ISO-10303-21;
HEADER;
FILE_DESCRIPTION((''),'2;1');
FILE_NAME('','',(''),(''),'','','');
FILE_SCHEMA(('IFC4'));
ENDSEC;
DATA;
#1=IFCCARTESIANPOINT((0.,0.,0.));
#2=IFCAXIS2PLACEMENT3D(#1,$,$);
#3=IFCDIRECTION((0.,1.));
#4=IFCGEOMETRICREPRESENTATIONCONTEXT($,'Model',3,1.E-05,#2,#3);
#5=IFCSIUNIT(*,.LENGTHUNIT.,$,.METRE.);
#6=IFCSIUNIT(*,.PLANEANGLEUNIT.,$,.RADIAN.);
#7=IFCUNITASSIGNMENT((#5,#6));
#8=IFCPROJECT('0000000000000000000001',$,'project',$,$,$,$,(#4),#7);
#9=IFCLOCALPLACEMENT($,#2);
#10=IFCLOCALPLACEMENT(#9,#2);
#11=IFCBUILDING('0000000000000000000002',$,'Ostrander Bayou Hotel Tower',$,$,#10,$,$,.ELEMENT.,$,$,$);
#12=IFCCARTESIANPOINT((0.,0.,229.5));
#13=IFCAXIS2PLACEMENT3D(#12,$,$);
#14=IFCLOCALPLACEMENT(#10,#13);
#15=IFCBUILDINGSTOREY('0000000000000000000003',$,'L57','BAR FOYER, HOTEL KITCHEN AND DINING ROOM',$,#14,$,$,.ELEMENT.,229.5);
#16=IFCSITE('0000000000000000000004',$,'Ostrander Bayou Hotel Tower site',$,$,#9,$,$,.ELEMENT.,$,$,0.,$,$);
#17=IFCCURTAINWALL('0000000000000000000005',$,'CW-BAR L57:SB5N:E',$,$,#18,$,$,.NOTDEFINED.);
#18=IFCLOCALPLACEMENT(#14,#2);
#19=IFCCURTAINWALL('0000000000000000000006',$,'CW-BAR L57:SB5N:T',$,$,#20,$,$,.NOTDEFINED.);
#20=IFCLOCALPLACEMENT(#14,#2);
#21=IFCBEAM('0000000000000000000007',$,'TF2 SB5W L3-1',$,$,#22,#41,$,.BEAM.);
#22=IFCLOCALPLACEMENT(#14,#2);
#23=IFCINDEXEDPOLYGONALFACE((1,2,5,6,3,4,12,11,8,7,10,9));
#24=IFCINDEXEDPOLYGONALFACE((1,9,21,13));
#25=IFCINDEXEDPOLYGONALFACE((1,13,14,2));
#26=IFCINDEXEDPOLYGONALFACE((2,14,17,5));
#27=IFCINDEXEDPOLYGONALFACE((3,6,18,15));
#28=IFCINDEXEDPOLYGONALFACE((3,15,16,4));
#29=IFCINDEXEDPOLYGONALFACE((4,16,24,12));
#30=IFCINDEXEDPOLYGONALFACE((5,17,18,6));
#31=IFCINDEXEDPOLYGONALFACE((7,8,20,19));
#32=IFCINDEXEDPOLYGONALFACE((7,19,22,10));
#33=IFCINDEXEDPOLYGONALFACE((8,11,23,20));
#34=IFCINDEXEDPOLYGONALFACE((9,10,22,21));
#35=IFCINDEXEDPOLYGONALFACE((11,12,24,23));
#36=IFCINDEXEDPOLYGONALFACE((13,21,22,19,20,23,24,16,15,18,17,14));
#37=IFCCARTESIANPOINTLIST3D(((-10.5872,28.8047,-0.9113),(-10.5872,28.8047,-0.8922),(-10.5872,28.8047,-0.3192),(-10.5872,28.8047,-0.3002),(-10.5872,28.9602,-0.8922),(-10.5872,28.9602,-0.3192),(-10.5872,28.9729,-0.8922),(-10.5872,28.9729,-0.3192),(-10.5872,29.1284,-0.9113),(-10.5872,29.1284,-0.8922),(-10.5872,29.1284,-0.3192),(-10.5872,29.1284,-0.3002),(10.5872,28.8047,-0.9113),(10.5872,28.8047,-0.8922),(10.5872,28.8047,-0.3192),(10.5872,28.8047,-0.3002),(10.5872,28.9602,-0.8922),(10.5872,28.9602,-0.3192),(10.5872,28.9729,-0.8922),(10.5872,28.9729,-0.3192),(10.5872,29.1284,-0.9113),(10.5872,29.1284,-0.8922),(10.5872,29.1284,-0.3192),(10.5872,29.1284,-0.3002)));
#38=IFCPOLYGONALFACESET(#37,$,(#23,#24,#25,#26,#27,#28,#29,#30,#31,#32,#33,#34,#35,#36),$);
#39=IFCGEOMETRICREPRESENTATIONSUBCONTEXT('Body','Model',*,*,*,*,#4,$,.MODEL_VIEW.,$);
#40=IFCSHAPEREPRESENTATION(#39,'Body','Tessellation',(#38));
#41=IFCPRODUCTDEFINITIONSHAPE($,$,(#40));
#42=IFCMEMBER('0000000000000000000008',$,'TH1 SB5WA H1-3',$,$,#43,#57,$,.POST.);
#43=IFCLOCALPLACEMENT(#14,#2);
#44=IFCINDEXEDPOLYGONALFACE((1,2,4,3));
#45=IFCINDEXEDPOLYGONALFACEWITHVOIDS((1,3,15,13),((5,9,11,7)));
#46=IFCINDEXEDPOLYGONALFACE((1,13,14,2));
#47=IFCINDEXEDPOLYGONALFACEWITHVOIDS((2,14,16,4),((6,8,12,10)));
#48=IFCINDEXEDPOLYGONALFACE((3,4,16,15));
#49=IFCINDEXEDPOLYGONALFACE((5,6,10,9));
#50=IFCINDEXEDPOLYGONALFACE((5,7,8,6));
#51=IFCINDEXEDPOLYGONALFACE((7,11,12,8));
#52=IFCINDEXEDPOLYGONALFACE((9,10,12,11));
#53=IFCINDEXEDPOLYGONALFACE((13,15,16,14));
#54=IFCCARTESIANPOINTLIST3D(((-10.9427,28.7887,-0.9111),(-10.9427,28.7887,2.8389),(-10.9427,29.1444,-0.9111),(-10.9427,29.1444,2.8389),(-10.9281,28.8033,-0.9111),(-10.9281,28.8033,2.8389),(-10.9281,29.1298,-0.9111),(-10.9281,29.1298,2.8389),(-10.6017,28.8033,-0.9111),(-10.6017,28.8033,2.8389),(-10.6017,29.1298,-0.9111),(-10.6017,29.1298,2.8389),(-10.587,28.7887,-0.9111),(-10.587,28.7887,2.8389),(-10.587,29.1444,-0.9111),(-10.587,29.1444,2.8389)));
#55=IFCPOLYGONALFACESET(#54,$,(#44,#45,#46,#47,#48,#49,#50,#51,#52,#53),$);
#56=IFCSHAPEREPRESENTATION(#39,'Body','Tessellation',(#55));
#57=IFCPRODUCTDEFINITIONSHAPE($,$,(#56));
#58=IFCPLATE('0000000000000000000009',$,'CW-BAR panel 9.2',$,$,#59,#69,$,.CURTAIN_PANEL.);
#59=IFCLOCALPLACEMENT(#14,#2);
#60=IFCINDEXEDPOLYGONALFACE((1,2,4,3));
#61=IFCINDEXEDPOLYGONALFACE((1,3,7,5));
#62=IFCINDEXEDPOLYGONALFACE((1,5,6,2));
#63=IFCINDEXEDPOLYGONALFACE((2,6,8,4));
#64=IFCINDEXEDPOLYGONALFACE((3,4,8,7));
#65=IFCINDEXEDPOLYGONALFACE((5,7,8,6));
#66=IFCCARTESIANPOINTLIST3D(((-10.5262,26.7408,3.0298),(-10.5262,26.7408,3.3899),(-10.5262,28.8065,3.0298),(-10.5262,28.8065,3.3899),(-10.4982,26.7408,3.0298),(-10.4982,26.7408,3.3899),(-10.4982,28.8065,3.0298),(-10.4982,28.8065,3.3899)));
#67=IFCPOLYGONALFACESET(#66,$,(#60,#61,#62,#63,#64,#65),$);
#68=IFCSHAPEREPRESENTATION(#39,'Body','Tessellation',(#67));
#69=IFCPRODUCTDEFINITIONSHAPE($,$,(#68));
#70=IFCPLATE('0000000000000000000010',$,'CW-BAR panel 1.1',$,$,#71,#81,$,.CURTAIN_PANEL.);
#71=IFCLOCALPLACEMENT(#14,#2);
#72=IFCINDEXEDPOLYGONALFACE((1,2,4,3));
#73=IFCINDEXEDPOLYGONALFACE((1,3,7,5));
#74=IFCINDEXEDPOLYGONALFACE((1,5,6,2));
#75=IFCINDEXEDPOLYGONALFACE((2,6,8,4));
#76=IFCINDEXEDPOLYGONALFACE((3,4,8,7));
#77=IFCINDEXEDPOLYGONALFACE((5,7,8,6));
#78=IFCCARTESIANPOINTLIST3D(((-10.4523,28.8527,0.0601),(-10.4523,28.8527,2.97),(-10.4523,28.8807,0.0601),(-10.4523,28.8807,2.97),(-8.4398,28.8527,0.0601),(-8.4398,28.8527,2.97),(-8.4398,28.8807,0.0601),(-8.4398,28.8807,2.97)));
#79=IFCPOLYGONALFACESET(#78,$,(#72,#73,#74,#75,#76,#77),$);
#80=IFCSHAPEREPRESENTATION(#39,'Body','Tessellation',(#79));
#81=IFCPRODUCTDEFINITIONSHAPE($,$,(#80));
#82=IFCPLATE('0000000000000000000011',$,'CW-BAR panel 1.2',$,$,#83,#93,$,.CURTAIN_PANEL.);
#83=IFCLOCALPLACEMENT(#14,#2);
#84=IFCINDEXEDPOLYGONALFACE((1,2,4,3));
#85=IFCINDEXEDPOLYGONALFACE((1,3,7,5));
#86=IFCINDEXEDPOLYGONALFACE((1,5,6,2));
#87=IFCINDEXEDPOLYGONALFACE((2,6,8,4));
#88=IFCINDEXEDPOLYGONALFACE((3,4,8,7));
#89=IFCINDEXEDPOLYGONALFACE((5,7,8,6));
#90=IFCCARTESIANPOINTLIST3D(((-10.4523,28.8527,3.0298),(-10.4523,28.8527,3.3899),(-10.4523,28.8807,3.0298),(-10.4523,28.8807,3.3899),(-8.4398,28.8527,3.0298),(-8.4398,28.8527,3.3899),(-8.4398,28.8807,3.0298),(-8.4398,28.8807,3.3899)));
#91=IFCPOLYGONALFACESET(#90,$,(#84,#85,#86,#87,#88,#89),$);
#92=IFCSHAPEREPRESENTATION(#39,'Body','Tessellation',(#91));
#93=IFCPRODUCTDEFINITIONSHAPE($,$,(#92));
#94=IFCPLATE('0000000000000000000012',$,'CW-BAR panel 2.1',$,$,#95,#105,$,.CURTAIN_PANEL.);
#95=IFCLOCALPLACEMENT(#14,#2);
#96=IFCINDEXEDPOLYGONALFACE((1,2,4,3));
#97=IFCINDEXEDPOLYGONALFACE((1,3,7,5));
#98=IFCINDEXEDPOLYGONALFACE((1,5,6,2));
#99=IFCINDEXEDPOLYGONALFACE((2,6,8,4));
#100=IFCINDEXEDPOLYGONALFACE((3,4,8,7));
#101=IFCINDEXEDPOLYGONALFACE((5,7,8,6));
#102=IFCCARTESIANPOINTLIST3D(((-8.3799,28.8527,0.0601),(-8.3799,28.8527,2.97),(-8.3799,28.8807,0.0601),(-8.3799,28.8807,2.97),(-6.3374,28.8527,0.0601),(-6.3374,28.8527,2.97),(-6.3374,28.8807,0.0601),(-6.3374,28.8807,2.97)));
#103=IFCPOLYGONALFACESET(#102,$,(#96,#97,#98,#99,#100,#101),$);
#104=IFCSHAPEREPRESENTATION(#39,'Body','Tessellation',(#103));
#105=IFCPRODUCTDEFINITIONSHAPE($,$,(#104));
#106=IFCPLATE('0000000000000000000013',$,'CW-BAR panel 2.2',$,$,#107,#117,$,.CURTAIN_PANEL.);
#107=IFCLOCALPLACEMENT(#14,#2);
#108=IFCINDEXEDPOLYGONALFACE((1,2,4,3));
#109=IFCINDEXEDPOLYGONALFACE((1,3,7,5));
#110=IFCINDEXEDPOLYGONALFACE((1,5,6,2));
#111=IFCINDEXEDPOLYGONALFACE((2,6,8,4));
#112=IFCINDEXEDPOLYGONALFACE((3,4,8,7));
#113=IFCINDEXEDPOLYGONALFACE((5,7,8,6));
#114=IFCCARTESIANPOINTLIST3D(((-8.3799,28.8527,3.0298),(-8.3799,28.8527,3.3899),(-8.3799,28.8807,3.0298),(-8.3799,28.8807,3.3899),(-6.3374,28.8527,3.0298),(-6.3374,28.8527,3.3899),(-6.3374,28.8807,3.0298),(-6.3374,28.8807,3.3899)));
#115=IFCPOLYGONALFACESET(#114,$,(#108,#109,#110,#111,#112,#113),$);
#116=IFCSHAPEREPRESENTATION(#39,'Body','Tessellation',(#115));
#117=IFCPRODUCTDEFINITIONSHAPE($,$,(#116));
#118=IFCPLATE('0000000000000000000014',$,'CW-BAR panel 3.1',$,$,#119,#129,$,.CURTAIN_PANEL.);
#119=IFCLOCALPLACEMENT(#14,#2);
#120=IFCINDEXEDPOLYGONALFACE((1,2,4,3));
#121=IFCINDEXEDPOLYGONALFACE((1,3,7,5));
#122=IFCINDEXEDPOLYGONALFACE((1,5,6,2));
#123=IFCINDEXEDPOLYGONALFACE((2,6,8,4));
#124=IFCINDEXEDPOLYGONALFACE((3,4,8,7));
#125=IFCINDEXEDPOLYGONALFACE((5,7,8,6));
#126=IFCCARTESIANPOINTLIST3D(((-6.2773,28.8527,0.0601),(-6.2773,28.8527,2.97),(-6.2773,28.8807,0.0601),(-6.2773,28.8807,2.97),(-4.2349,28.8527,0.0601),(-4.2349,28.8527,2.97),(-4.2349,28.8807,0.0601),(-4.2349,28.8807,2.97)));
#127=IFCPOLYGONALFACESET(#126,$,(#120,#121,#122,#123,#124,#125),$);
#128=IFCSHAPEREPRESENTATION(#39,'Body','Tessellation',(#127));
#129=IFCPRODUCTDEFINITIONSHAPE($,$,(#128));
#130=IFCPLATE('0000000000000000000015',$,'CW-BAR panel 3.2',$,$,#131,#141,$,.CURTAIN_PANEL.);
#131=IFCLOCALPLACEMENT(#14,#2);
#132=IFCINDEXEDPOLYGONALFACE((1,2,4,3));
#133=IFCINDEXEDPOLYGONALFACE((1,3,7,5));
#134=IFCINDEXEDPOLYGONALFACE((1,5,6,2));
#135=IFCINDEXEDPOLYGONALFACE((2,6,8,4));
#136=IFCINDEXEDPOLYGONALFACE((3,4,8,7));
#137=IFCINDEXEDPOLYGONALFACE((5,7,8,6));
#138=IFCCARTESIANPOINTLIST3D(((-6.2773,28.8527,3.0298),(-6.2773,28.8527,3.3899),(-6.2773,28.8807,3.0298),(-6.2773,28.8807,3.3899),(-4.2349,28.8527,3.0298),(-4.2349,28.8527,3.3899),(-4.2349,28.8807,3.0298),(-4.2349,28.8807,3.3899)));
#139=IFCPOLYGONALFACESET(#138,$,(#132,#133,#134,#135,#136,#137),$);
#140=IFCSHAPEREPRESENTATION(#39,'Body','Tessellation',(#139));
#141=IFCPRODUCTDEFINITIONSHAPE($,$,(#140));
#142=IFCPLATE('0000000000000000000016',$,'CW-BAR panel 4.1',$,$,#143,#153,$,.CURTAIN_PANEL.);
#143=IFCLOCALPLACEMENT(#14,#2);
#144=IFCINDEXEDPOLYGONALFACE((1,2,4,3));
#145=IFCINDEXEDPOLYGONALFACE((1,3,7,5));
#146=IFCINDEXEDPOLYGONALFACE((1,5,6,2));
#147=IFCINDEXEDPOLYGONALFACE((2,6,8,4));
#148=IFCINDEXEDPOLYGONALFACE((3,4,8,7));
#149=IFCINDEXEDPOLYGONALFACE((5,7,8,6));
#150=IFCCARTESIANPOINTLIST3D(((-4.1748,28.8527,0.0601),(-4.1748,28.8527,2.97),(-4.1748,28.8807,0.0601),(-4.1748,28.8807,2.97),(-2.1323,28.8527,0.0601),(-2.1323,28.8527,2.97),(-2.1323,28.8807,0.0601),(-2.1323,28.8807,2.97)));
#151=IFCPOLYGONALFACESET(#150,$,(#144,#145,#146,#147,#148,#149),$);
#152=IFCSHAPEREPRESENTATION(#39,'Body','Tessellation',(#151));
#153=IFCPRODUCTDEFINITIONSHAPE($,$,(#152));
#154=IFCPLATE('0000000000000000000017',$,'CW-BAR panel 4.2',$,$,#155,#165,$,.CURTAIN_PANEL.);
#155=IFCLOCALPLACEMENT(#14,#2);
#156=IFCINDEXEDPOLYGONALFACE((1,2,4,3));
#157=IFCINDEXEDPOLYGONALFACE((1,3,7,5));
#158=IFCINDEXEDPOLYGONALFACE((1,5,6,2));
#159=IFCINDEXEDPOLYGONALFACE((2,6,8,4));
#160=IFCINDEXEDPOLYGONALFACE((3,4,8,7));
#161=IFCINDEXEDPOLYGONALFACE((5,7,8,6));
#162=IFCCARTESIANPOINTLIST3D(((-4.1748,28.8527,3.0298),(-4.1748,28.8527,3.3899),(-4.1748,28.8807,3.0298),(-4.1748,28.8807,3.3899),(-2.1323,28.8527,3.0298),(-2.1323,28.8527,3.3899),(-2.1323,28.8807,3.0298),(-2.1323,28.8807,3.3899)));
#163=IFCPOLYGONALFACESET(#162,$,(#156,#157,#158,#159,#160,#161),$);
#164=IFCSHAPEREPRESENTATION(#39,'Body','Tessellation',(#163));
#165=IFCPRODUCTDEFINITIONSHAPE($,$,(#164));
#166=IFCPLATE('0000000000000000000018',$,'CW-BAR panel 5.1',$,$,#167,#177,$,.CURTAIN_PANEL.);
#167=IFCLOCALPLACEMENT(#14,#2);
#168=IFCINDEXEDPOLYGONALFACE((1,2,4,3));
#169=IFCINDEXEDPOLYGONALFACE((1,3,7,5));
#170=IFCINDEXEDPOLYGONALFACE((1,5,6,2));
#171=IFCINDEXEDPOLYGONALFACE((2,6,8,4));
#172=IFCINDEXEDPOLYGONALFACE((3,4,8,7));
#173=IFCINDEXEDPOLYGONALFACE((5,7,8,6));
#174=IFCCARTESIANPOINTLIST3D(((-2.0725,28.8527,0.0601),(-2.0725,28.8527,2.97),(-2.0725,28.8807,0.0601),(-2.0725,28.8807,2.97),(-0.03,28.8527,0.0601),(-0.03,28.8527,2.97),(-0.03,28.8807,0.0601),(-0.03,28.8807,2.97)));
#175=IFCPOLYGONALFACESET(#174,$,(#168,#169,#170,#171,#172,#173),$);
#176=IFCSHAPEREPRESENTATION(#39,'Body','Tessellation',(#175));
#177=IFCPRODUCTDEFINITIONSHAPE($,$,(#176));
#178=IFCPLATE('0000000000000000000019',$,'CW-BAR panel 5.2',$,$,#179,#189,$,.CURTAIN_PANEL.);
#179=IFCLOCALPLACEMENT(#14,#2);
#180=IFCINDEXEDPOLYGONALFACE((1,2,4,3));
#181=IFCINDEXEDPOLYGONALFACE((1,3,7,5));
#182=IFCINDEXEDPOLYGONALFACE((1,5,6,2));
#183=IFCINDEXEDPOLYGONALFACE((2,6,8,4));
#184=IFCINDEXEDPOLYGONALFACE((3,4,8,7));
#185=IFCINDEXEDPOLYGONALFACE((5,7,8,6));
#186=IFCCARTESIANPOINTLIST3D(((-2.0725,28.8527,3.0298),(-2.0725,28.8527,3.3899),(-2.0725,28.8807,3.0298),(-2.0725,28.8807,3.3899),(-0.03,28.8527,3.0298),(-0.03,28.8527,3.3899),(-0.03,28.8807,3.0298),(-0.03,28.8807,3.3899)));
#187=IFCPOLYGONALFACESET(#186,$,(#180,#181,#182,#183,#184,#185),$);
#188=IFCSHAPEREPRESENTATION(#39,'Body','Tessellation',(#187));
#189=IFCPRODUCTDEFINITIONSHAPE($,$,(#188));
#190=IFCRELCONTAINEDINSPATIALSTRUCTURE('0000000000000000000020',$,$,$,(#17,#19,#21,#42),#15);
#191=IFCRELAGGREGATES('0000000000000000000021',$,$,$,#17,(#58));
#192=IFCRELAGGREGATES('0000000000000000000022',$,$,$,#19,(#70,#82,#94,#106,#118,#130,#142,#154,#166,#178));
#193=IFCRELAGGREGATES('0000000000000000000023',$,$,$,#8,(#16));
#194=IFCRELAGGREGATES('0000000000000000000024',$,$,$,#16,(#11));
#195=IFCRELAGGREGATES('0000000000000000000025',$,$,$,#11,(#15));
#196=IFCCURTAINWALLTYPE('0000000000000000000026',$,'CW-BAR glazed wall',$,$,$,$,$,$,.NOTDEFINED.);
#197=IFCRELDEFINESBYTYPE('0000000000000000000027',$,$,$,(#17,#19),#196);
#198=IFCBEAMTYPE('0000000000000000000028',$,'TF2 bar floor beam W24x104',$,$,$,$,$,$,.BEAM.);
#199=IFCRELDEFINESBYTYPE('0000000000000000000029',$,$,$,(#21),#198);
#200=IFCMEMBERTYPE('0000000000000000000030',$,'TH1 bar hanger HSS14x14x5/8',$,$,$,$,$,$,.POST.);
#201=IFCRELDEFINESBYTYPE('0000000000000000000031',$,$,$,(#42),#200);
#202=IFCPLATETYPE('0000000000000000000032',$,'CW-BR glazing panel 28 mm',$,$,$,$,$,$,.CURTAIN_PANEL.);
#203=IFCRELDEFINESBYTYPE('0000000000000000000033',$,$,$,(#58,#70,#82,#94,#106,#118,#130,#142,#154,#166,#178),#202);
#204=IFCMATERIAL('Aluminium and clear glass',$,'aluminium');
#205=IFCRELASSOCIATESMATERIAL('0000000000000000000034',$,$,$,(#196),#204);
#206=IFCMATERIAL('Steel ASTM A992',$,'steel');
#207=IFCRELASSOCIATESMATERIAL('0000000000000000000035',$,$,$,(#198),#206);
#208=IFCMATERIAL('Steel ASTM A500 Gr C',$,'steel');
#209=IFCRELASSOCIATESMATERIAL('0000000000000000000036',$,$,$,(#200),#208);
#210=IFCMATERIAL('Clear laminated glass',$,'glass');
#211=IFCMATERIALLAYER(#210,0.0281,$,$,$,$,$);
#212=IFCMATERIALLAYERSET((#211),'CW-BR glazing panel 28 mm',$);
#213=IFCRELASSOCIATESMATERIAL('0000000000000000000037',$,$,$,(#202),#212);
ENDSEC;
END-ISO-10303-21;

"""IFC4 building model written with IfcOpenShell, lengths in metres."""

from ifc_helpers import new_model, si_unit, direction, frame, origin, origin_2d, place, context, subcontext, project, spatial, rectangle, hollow_rectangle, i_section, extrude, material, layer, layer_set, material_profile, profile_set, type_object, element, aggregate, save


model = new_model("IFC4")

# Units and contexts
model_context = context("Model", 3, precision=1e-05, world=origin(), true_north=direction((0.0, 1.0)))
body_context = subcontext(model_context, "Body", "Model", "MODEL_VIEW")
ifc_project = project(units=[si_unit("LENGTHUNIT", "METRE"), si_unit("PLANEANGLEUNIT", "RADIAN")], contexts=[model_context])

# Site, building, storey
site_placement = place(None, origin())
site = spatial("IfcSite", under=ifc_project, at=site_placement, Name="Ostrander Bayou Hotel Tower site", CompositionType="ELEMENT", RefElevation=0.0)
building_placement = place(site_placement, origin())
building = spatial("IfcBuilding", under=site, at=building_placement, Name="Ostrander Bayou Hotel Tower", CompositionType="ELEMENT")
storey_placement = place(building_placement, frame((0.0, 0.0, 229.5)))
storey = spatial("IfcBuildingStorey", under=building, at=storey_placement, Name="L57", Description="BAR FOYER, HOTEL KITCHEN AND DINING ROOM", CompositionType="ELEMENT", Elevation=229.5)

# Curtain wall
ifc_material_1 = material(Name="Aluminium and clear glass", Category="aluminium")
curtain_wall_type = type_object("IfcCurtainWallType", Name="CW-BAR glazed wall", PredefinedType="NOTDEFINED", material=ifc_material_1)
curtain_wall_1_placement = place(storey_placement, origin())
curtain_wall_1 = element("IfcCurtainWall", 1, at=curtain_wall_1_placement, inside=storey, type_object=curtain_wall_type, Name="CW-BAR L57:SB5N:E", PredefinedType="NOTDEFINED")

# Curtain wall
curtain_wall_2_placement = place(storey_placement, origin())
curtain_wall_2 = element("IfcCurtainWall", 2, at=curtain_wall_2_placement, inside=storey, type_object=curtain_wall_type, Name="CW-BAR L57:SB5N:T", PredefinedType="NOTDEFINED")

# Beam
ifc_material_2 = material(Name="Steel ASTM A992", Category="steel")
ifc_material_profile_1 = material_profile(ifc_material_2, i_section(OverallWidth=0.3237, OverallDepth=0.6111, WebThickness=0.0127, FlangeThickness=0.019, at=origin_2d()))
ifc_profile_set_1 = profile_set([ifc_material_profile_1], Name="Steel ASTM A992")
beam_type = type_object("IfcBeamType", Name="TF2 bar floor beam W24x104", PredefinedType="BEAM", material=ifc_profile_set_1)
beam_placement = place(storey_placement, frame((-10.5872, 28.9666, -0.6057), z_axis=(1.0, 0.0, 0.0), x_axis=(0.0, 1.0, 0.0)))
element("IfcBeam", 3, at=beam_placement, inside=storey, type_object=beam_type, Name="TF2 SB5W L3-1", PredefinedType="BEAM", context=body_context, shape_type="SweptSolid", body=[
    extrude(i_section(OverallWidth=0.3237, OverallDepth=0.6111, WebThickness=0.0127, FlangeThickness=0.019, at=origin_2d()), origin(), (0.0, 0.0, 1.0), 21.1743),
])

# Member
ifc_material_3 = material(Name="Steel ASTM A500 Gr C", Category="steel")
ifc_material_profile_2 = material_profile(ifc_material_3, hollow_rectangle(XDim=0.3557, YDim=0.3557, WallThickness=0.0146, at=origin_2d()))
ifc_profile_set_2 = profile_set([ifc_material_profile_2], Name="Steel ASTM A500 Gr C")
member_type_1 = type_object("IfcMemberType", Name="TH1 bar hanger HSS14x14x5/8", PredefinedType="POST", material=ifc_profile_set_2)
member_1_placement = place(storey_placement, frame((-10.7649, 28.9666, -0.9111), z_axis=(0.0, 0.0, 1.0), x_axis=(1.0, 0.0, 0.0)))
element("IfcMember", 4, at=member_1_placement, inside=storey, type_object=member_type_1, Name="TH1 SB5WA H1-3", PredefinedType="POST", context=body_context, shape_type="SweptSolid", body=[
    extrude(hollow_rectangle(XDim=0.3557, YDim=0.3557, WallThickness=0.0146, at=origin_2d()), origin(), (0.0, 0.0, 1.0), 3.75),
])

# Plates
ifc_material_4 = material(Name="Clear laminated glass", Category="glass")
ifc_layer = layer(ifc_material_4, 0.0281)
ifc_layer_set = layer_set([ifc_layer], Name="CW-BR glazing panel 28 mm")
plate_type = type_object("IfcPlateType", Name="CW-BR glazing panel 28 mm", PredefinedType="CURTAIN_PANEL", material=ifc_layer_set)
plate_1_placement = place(storey_placement, frame((-10.5122, 27.7737, 3.0298), z_axis=(0.0, 0.0, 1.0), x_axis=(0.0, 1.0, 0.0)))
plate_1 = element("IfcPlate", 5, at=plate_1_placement, type_object=plate_type, Name="CW-BAR panel 9.2", PredefinedType="CURTAIN_PANEL", context=body_context, shape_type="SweptSolid", body=[
    extrude(rectangle(XDim=2.0657, YDim=0.0281, at=origin_2d()), origin(), (0.0, 0.0, 1.0), 0.3601),
])
aggregate(curtain_wall_1, [plate_1])
plate_2_placement = place(storey_placement, frame((-9.446, 28.8667, 0.0601), z_axis=(0.0, 0.0, 1.0), x_axis=(1.0, 0.0, 0.0)))
plate_2 = element("IfcPlate", 6, at=plate_2_placement, type_object=plate_type, Name="CW-BAR panel 1.1", PredefinedType="CURTAIN_PANEL", context=body_context, shape_type="SweptSolid", body=[
    extrude(rectangle(XDim=2.0125, YDim=0.0281, at=origin_2d()), origin(), (0.0, 0.0, 1.0), 2.9099),
])
plate_3_placement = place(storey_placement, frame((-9.446, 28.8667, 3.0298), z_axis=(0.0, 0.0, 1.0), x_axis=(1.0, 0.0, 0.0)))
plate_3 = element("IfcPlate", 7, at=plate_3_placement, type_object=plate_type, Name="CW-BAR panel 1.2", PredefinedType="CURTAIN_PANEL", context=body_context, shape_type="SweptSolid", body=[
    extrude(rectangle(XDim=2.0125, YDim=0.0281, at=origin_2d()), origin(), (0.0, 0.0, 1.0), 0.3601),
])
plate_4_placement = place(storey_placement, frame((-7.3586, 28.8667, 0.0601), z_axis=(0.0, 0.0, 1.0), x_axis=(1.0, 0.0, 0.0)))
plate_4 = element("IfcPlate", 8, at=plate_4_placement, type_object=plate_type, Name="CW-BAR panel 2.1", PredefinedType="CURTAIN_PANEL", context=body_context, shape_type="SweptSolid", body=[
    extrude(rectangle(XDim=2.0425, YDim=0.0281, at=origin_2d()), origin(), (0.0, 0.0, 1.0), 2.9099),
])
plate_5_placement = place(storey_placement, frame((-7.3586, 28.8667, 3.0298), z_axis=(0.0, 0.0, 1.0), x_axis=(1.0, 0.0, 0.0)))
plate_5 = element("IfcPlate", 9, at=plate_5_placement, type_object=plate_type, Name="CW-BAR panel 2.2", PredefinedType="CURTAIN_PANEL", context=body_context, shape_type="SweptSolid", body=[
    extrude(rectangle(XDim=2.0425, YDim=0.0281, at=origin_2d()), origin(), (0.0, 0.0, 1.0), 0.3601),
])
plate_6_placement = place(storey_placement, frame((-5.2561, 28.8667, 0.0601), z_axis=(0.0, 0.0, 1.0), x_axis=(1.0, 0.0, 0.0)))
plate_6 = element("IfcPlate", 10, at=plate_6_placement, type_object=plate_type, Name="CW-BAR panel 3.1", PredefinedType="CURTAIN_PANEL", context=body_context, shape_type="SweptSolid", body=[
    extrude(rectangle(XDim=2.0425, YDim=0.0281, at=origin_2d()), origin(), (0.0, 0.0, 1.0), 2.9099),
])
plate_7_placement = place(storey_placement, frame((-5.2561, 28.8667, 3.0298), z_axis=(0.0, 0.0, 1.0), x_axis=(1.0, 0.0, 0.0)))
plate_7 = element("IfcPlate", 11, at=plate_7_placement, type_object=plate_type, Name="CW-BAR panel 3.2", PredefinedType="CURTAIN_PANEL", context=body_context, shape_type="SweptSolid", body=[
    extrude(rectangle(XDim=2.0425, YDim=0.0281, at=origin_2d()), origin(), (0.0, 0.0, 1.0), 0.3601),
])
plate_8_placement = place(storey_placement, frame((-3.1536, 28.8667, 0.0601), z_axis=(0.0, 0.0, 1.0), x_axis=(1.0, 0.0, 0.0)))
plate_8 = element("IfcPlate", 12, at=plate_8_placement, type_object=plate_type, Name="CW-BAR panel 4.1", PredefinedType="CURTAIN_PANEL", context=body_context, shape_type="SweptSolid", body=[
    extrude(rectangle(XDim=2.0425, YDim=0.0281, at=origin_2d()), origin(), (0.0, 0.0, 1.0), 2.9099),
])
plate_9_placement = place(storey_placement, frame((-3.1536, 28.8667, 3.0298), z_axis=(0.0, 0.0, 1.0), x_axis=(1.0, 0.0, 0.0)))
plate_9 = element("IfcPlate", 13, at=plate_9_placement, type_object=plate_type, Name="CW-BAR panel 4.2", PredefinedType="CURTAIN_PANEL", context=body_context, shape_type="SweptSolid", body=[
    extrude(rectangle(XDim=2.0425, YDim=0.0281, at=origin_2d()), origin(), (0.0, 0.0, 1.0), 0.3601),
])
plate_10_placement = place(storey_placement, frame((-1.0513, 28.8667, 0.0601), z_axis=(0.0, 0.0, 1.0), x_axis=(1.0, 0.0, 0.0)))
plate_10 = element("IfcPlate", 14, at=plate_10_placement, type_object=plate_type, Name="CW-BAR panel 5.1", PredefinedType="CURTAIN_PANEL", context=body_context, shape_type="SweptSolid", body=[
    extrude(rectangle(XDim=2.0425, YDim=0.0281, at=origin_2d()), origin(), (0.0, 0.0, 1.0), 2.9099),
])
plate_11_placement = place(storey_placement, frame((-1.0513, 28.8667, 3.0298), z_axis=(0.0, 0.0, 1.0), x_axis=(1.0, 0.0, 0.0)))
plate_11 = element("IfcPlate", 15, at=plate_11_placement, type_object=plate_type, Name="CW-BAR panel 5.2", PredefinedType="CURTAIN_PANEL", context=body_context, shape_type="SweptSolid", body=[
    extrude(rectangle(XDim=2.0425, YDim=0.0281, at=origin_2d()), origin(), (0.0, 0.0, 1.0), 0.3601),
])
aggregate(curtain_wall_2, [plate_2, plate_3, plate_4, plate_5, plate_6, plate_7, plate_8, plate_9, plate_10, plate_11])

save(model, "model.ifc")
